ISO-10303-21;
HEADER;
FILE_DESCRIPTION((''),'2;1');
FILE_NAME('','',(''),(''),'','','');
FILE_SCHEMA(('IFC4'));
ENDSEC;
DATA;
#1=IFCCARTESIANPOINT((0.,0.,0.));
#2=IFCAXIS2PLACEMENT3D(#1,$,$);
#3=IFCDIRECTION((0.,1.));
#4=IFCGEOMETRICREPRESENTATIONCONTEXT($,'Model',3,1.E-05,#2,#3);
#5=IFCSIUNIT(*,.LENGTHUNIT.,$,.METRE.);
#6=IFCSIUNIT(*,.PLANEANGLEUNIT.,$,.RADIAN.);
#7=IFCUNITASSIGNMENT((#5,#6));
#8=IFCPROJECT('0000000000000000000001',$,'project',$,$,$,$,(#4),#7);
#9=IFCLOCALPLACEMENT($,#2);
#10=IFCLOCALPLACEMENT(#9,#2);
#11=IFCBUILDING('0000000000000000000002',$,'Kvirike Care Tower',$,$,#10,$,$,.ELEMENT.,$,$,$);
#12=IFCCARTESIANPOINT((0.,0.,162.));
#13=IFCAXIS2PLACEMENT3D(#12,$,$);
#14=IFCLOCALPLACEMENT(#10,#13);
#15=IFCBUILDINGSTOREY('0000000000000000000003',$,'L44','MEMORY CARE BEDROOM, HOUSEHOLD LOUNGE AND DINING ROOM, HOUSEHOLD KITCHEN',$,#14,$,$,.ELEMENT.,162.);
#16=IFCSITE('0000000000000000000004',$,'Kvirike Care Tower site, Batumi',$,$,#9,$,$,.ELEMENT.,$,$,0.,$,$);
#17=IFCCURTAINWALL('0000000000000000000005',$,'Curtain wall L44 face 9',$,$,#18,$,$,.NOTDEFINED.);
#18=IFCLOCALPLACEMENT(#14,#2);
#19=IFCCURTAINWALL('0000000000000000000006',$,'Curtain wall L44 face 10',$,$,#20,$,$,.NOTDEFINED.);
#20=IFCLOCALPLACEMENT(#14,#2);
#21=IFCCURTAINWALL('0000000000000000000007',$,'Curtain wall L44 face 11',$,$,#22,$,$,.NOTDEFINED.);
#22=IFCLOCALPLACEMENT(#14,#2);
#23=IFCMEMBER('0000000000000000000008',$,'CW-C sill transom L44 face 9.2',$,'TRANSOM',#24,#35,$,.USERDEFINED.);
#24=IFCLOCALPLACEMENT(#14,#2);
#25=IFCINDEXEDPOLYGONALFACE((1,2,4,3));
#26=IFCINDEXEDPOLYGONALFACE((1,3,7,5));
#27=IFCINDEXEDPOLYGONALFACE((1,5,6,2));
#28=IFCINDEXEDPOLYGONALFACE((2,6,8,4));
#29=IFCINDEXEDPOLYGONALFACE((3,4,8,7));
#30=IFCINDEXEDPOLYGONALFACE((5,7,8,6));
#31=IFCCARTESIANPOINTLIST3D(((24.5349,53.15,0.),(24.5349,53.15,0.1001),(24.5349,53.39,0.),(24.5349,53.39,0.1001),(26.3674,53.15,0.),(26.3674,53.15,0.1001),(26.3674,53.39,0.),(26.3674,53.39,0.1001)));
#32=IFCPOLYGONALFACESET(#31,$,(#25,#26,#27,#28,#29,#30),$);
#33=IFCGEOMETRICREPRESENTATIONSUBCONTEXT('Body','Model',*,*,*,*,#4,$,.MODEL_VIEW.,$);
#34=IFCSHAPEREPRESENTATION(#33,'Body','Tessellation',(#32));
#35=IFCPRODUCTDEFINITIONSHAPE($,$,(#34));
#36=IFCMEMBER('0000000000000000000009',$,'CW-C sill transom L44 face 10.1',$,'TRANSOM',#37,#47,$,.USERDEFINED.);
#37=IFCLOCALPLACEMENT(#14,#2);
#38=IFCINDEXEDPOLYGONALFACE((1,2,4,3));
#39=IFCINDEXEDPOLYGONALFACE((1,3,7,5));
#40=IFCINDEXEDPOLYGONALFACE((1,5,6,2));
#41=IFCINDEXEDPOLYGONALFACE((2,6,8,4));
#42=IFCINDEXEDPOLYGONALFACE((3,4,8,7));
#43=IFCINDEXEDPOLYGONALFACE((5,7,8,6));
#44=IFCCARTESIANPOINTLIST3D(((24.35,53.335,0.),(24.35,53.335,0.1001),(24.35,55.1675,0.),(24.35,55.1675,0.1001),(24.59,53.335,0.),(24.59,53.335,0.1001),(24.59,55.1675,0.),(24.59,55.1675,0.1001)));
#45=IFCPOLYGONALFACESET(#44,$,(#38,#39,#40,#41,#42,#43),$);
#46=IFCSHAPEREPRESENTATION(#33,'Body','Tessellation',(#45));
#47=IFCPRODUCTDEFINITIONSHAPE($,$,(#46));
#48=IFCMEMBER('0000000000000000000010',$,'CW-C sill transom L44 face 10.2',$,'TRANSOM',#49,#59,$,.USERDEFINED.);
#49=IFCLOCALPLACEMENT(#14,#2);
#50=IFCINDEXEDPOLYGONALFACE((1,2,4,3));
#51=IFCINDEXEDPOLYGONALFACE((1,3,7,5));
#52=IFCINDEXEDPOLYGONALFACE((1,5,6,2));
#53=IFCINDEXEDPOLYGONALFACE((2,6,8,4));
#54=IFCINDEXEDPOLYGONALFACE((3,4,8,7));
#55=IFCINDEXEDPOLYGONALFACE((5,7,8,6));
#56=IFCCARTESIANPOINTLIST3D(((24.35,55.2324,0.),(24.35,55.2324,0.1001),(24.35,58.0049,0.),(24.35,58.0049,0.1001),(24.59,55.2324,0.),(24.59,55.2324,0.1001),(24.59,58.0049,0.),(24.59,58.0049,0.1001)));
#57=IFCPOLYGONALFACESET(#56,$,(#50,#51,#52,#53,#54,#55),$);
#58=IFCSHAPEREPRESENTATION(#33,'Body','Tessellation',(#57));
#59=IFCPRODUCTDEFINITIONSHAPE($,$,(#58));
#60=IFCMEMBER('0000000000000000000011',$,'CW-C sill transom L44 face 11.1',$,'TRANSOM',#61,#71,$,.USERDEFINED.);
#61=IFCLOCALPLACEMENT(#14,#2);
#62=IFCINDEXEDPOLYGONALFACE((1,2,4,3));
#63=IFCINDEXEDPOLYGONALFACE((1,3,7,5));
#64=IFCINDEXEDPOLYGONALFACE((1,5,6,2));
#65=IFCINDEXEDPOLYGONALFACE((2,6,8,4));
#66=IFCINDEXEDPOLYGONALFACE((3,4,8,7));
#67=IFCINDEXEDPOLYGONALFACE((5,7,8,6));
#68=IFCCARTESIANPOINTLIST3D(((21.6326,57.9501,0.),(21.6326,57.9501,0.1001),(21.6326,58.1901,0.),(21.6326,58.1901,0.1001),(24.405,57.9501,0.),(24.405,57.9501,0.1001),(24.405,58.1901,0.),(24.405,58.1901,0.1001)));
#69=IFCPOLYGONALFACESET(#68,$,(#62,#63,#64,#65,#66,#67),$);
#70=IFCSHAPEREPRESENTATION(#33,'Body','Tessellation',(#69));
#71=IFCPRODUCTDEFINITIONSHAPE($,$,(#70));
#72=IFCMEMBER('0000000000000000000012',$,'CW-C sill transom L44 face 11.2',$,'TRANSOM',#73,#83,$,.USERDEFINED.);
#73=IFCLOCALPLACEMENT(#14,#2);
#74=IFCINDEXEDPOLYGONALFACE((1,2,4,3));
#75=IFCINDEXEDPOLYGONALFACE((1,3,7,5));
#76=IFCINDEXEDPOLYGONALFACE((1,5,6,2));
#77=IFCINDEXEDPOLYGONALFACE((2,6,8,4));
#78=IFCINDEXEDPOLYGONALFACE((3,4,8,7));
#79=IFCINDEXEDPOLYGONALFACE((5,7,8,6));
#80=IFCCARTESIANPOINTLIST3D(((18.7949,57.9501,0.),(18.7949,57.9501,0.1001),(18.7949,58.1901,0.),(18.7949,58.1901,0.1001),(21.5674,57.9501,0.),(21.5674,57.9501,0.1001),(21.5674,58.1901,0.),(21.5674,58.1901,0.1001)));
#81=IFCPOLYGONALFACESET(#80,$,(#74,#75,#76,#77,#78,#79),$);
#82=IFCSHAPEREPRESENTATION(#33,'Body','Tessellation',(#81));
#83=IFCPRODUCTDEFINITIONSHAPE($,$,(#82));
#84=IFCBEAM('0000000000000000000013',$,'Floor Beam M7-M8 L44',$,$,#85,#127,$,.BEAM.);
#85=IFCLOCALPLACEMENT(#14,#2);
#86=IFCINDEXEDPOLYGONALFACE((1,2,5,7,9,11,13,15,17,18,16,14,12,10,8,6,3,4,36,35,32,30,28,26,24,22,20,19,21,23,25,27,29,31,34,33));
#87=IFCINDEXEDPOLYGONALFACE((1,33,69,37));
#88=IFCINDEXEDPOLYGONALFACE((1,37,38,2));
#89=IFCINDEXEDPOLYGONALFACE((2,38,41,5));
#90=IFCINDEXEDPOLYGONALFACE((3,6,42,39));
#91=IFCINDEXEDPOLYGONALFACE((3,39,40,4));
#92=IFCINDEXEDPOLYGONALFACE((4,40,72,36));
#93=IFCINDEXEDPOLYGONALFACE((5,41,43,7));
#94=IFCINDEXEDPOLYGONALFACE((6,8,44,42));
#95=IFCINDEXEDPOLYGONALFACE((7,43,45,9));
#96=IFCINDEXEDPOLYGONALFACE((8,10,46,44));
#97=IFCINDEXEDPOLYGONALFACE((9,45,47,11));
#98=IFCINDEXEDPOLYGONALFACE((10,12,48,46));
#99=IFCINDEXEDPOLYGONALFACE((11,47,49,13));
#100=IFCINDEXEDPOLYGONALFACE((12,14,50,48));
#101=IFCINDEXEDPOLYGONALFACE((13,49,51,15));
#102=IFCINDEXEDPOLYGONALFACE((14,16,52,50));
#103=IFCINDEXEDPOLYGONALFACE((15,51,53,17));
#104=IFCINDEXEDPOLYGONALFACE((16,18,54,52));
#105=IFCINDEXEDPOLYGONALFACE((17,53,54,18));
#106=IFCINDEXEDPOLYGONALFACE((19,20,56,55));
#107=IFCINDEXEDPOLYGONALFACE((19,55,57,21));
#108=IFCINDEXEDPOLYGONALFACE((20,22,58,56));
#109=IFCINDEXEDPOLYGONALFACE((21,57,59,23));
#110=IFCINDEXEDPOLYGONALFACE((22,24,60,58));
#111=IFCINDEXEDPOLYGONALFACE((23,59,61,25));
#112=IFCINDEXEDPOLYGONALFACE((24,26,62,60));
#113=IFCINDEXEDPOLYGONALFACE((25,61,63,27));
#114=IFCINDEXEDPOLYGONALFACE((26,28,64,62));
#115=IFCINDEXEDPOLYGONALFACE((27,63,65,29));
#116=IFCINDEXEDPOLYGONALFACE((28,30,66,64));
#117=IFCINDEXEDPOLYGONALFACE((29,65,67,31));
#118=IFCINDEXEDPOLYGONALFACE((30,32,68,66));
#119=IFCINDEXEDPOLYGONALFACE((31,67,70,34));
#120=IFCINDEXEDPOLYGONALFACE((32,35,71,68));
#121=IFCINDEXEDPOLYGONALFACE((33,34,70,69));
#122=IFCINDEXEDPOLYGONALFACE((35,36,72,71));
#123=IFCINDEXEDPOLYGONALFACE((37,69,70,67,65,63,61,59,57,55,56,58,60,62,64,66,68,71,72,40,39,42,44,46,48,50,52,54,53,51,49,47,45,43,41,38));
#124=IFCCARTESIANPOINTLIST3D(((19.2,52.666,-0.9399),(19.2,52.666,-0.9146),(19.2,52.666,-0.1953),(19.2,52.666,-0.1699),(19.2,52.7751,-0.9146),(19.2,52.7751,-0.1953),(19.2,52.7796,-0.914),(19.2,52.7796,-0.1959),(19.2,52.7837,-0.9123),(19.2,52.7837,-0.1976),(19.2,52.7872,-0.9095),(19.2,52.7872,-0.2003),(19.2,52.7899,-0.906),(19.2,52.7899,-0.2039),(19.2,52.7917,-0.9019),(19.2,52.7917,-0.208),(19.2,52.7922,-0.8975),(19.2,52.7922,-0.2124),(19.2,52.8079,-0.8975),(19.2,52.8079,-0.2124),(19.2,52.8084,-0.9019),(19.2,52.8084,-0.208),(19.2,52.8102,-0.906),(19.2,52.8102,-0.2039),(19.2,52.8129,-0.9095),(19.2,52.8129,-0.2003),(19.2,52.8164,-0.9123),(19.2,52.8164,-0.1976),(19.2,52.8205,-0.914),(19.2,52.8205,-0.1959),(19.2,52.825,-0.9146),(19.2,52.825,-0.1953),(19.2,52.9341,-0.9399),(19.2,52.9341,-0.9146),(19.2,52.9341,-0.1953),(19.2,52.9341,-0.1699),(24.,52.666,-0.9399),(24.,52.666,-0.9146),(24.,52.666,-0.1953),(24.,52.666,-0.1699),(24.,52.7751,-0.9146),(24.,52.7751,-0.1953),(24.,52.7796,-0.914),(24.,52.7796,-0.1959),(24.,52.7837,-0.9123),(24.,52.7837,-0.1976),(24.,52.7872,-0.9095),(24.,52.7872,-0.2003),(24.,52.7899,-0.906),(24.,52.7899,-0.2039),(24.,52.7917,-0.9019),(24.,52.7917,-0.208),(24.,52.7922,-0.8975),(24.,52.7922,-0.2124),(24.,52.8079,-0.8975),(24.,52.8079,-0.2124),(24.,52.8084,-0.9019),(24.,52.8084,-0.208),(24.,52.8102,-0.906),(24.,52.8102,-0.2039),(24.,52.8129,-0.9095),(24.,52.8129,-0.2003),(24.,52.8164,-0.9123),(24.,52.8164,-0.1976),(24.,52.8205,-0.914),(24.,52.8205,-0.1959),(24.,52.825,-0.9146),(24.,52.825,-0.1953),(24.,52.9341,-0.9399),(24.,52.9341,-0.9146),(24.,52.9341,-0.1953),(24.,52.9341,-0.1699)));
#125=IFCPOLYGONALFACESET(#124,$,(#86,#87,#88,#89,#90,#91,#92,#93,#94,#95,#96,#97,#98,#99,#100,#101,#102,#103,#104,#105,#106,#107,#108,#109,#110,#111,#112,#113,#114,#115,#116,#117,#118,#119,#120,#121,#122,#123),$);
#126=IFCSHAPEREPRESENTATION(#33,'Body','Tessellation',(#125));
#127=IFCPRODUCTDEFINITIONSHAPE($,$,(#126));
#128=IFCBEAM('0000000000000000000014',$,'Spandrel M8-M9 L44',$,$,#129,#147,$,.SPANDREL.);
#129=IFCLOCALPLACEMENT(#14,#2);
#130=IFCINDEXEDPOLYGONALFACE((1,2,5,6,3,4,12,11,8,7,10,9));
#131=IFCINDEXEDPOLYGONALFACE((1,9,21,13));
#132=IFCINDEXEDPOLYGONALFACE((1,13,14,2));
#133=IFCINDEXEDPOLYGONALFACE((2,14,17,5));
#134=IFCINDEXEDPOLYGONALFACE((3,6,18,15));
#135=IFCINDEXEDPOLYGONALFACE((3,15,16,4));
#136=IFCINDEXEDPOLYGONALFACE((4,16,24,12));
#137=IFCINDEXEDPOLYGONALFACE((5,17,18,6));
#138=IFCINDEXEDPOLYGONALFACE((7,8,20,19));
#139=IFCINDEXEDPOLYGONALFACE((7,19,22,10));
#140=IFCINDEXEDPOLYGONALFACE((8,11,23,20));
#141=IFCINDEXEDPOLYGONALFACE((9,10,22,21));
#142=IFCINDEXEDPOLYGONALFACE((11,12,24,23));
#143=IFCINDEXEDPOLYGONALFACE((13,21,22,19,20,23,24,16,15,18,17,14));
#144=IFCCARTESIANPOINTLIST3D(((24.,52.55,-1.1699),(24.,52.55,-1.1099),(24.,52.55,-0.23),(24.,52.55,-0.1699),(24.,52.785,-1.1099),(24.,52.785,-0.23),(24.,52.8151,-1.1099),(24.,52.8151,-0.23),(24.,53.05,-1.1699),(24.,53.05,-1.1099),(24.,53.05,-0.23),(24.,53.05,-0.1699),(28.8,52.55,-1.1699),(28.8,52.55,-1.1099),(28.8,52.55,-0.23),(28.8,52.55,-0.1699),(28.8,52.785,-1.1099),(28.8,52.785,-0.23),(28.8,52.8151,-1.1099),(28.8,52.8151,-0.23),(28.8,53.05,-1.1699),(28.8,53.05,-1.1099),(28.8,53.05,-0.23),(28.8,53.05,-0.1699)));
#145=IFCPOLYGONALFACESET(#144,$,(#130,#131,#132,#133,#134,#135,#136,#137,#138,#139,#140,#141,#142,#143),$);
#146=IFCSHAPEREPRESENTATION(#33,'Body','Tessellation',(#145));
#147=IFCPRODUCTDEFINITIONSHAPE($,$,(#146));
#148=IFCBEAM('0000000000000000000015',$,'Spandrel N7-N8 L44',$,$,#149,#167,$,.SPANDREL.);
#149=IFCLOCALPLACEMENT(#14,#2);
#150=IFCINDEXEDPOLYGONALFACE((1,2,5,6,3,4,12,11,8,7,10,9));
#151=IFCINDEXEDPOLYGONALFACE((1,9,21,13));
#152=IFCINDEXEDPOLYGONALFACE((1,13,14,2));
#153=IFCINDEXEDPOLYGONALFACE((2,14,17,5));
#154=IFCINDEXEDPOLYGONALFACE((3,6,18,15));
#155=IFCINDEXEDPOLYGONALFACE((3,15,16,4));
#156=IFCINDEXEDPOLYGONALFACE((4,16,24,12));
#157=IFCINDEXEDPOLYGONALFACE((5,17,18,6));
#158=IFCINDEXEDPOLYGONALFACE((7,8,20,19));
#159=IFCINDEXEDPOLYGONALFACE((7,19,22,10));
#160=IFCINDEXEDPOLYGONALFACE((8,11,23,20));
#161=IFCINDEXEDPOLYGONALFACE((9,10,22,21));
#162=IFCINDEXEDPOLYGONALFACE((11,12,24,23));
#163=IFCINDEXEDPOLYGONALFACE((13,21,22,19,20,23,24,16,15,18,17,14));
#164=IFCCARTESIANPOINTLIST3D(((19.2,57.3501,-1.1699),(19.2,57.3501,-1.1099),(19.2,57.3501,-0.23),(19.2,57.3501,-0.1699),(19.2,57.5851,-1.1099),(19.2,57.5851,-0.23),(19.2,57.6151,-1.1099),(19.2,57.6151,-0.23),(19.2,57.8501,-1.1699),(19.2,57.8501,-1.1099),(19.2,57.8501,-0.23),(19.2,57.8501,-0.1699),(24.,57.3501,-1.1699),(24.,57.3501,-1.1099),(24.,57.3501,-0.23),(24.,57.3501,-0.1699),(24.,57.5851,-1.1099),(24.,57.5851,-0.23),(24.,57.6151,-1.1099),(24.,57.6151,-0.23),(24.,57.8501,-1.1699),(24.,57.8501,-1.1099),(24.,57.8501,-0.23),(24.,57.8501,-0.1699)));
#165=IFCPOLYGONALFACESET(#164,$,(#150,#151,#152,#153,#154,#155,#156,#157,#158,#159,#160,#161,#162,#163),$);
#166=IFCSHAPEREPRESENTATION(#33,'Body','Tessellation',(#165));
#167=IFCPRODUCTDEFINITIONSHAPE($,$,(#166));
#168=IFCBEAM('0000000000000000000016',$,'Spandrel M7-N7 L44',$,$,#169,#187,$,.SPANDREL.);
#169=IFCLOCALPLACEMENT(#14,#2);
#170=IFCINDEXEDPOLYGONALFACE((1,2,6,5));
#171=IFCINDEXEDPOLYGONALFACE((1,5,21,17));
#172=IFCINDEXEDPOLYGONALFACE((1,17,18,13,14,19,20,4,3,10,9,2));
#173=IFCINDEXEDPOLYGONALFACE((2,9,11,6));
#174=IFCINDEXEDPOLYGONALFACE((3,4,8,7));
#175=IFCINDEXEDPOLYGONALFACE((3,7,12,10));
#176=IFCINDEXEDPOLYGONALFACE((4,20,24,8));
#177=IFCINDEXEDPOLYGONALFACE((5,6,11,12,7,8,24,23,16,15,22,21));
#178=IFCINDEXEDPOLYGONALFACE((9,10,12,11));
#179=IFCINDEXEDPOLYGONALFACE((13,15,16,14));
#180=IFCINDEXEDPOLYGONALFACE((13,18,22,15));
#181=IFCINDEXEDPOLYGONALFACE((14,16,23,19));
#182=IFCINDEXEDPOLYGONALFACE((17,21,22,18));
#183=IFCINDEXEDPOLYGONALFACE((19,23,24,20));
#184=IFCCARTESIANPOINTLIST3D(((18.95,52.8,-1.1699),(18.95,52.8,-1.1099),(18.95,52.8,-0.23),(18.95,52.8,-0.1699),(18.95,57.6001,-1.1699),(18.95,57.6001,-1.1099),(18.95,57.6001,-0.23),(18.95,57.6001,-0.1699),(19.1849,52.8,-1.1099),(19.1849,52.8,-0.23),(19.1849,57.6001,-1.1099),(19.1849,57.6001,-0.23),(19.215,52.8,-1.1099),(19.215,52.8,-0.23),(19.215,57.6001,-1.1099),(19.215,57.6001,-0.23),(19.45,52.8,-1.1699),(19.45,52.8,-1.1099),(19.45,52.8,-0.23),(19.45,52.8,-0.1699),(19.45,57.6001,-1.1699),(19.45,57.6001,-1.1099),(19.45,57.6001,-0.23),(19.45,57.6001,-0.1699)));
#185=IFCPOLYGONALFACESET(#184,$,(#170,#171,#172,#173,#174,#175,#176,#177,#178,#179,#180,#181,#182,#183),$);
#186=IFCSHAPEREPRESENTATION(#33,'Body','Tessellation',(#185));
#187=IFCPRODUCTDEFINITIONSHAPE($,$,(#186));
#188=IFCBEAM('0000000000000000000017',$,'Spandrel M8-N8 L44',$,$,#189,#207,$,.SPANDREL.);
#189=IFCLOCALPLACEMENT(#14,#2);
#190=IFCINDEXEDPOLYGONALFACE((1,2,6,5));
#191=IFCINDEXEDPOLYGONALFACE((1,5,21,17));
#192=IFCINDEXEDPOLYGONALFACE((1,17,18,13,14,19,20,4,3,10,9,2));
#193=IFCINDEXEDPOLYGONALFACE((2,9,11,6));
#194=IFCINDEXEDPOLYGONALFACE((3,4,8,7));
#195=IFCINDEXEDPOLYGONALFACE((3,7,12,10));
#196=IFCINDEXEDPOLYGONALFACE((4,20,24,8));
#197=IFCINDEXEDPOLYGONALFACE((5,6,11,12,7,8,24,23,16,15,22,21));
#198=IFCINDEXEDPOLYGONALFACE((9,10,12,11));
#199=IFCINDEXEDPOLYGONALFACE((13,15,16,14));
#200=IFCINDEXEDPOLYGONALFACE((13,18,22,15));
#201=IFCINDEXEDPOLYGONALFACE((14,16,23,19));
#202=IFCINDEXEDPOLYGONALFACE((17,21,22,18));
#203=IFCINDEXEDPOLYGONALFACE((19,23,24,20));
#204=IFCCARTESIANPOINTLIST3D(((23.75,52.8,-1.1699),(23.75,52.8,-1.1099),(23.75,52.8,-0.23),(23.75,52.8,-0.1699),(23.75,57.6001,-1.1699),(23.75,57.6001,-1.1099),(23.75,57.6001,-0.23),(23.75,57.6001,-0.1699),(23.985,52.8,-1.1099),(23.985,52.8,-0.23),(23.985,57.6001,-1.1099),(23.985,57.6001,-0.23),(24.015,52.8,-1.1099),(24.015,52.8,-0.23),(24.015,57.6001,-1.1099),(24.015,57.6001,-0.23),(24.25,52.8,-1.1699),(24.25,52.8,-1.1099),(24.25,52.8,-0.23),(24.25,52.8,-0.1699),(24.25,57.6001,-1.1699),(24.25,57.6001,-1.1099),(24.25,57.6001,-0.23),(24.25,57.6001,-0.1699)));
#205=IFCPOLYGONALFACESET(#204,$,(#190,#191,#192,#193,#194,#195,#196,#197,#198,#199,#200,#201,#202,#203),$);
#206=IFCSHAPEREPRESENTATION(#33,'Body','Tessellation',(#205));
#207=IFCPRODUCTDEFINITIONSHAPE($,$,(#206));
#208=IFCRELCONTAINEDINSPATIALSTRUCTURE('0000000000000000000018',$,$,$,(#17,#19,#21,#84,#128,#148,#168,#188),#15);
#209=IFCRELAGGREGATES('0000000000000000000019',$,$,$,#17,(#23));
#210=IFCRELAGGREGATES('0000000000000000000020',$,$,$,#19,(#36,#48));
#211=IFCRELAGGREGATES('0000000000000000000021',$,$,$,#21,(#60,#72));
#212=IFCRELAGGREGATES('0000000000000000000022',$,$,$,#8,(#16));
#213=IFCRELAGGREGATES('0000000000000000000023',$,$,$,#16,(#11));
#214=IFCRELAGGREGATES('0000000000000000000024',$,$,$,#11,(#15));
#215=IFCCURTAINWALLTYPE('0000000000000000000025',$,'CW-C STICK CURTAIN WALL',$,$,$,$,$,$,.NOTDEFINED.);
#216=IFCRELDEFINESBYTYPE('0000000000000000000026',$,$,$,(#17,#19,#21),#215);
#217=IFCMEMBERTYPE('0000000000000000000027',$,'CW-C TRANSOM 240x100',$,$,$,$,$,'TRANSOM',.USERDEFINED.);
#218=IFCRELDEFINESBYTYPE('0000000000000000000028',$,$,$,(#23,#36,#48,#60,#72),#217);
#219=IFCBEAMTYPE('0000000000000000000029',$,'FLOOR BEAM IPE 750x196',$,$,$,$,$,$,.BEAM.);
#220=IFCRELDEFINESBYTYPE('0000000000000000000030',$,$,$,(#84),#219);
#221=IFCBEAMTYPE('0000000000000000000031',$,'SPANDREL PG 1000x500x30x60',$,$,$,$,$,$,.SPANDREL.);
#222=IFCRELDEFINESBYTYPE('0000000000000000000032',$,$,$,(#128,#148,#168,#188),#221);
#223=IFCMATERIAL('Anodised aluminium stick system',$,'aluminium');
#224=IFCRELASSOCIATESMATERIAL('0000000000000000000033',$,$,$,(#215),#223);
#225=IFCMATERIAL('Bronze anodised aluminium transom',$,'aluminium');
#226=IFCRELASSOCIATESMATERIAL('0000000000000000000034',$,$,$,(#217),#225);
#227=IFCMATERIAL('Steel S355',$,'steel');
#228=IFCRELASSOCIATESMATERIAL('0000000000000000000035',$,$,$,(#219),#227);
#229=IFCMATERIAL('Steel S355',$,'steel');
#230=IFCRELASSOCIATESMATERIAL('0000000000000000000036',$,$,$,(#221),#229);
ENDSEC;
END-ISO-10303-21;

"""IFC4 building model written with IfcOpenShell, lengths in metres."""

from ifc_helpers import new_model, si_unit, direction, frame, origin, origin_2d, place, context, subcontext, project, spatial, rectangle, i_section, extrude, material, material_profile, profile_set, type_object, element, aggregate, save


model = new_model("IFC4")

# Units and contexts
model_context = context("Model", 3, precision=1e-05, world=origin(), true_north=direction((0.0, 1.0)))
body_context = subcontext(model_context, "Body", "Model", "MODEL_VIEW")
ifc_project = project(units=[si_unit("LENGTHUNIT", "METRE"), si_unit("PLANEANGLEUNIT", "RADIAN")], contexts=[model_context])

# Site, building, storey
site_placement = place(None, origin())
site = spatial("IfcSite", under=ifc_project, at=site_placement, Name="Kvirike Care Tower site, Batumi", CompositionType="ELEMENT", RefElevation=0.0)
building_placement = place(site_placement, origin())
building = spatial("IfcBuilding", under=site, at=building_placement, Name="Kvirike Care Tower", CompositionType="ELEMENT")
storey_placement = place(building_placement, frame((0.0, 0.0, 162.0)))
storey = spatial("IfcBuildingStorey", under=building, at=storey_placement, Name="L44", Description="MEMORY CARE BEDROOM, HOUSEHOLD LOUNGE AND DINING ROOM, HOUSEHOLD KITCHEN", CompositionType="ELEMENT", Elevation=162.0)

# Curtain walls
ifc_material_1 = material(Name="Anodised aluminium stick system", Category="aluminium")
curtain_wall_type = type_object("IfcCurtainWallType", Name="CW-C STICK CURTAIN WALL", PredefinedType="NOTDEFINED", material=ifc_material_1)
curtain_wall_1_placement = place(storey_placement, origin())
curtain_wall_1 = element("IfcCurtainWall", 1, at=curtain_wall_1_placement, inside=storey, type_object=curtain_wall_type, Name="Curtain wall L44 face 9", PredefinedType="NOTDEFINED")
curtain_wall_2_placement = place(storey_placement, origin())
curtain_wall_2 = element("IfcCurtainWall", 2, at=curtain_wall_2_placement, inside=storey, type_object=curtain_wall_type, Name="Curtain wall L44 face 10", PredefinedType="NOTDEFINED")
curtain_wall_3_placement = place(storey_placement, origin())
curtain_wall_3 = element("IfcCurtainWall", 3, at=curtain_wall_3_placement, inside=storey, type_object=curtain_wall_type, Name="Curtain wall L44 face 11", PredefinedType="NOTDEFINED")

# Members
ifc_material_2 = material(Name="Bronze anodised aluminium transom", Category="aluminium")
ifc_material_profile_1 = material_profile(ifc_material_2, rectangle(XDim=0.24, YDim=0.1001, at=origin_2d()), Name="CW-C TRANSOM 240x100")
ifc_profile_set_1 = profile_set([ifc_material_profile_1], Name="Bronze anodised aluminium transom")
member_type_1 = type_object("IfcMemberType", Name="CW-C TRANSOM 240x100", ElementType="TRANSOM", PredefinedType="USERDEFINED", material=ifc_profile_set_1)
member_1_placement = place(storey_placement, frame((26.3674, 53.27, 0.05), z_axis=(-1.0, 0.0, 0.0), x_axis=(0.0, -1.0, 0.0)))
member_1 = element("IfcMember", 4, at=member_1_placement, type_object=member_type_1, Name="CW-C sill transom L44 face 9.2", ObjectType="TRANSOM", PredefinedType="USERDEFINED", context=body_context, shape_type="SweptSolid", body=[
    extrude(rectangle(XDim=0.24, YDim=0.1001, at=origin_2d()), origin(), (0.0, 0.0, 1.0), 1.8325),
])
member_2_placement = place(storey_placement, frame((24.47, 53.335, 0.05), z_axis=(0.0, 1.0, 0.0), x_axis=(-1.0, 0.0, 0.0)))
member_2 = element("IfcMember", 5, at=member_2_placement, type_object=member_type_1, Name="CW-C sill transom L44 face 10.1", ObjectType="TRANSOM", PredefinedType="USERDEFINED", context=body_context, shape_type="SweptSolid", body=[
    extrude(rectangle(XDim=0.24, YDim=0.1001, at=origin_2d()), origin(), (0.0, 0.0, 1.0), 1.8325),
])
member_3_placement = place(storey_placement, frame((24.47, 55.2324, 0.05), z_axis=(0.0, 1.0, 0.0), x_axis=(-1.0, 0.0, 0.0)))
member_3 = element("IfcMember", 6, at=member_3_placement, type_object=member_type_1, Name="CW-C sill transom L44 face 10.2", ObjectType="TRANSOM", PredefinedType="USERDEFINED", context=body_context, shape_type="SweptSolid", body=[
    extrude(rectangle(XDim=0.24, YDim=0.1001, at=origin_2d()), origin(), (0.0, 0.0, 1.0), 2.7725),
])
member_4_placement = place(storey_placement, frame((24.405, 58.0701, 0.05), z_axis=(-1.0, 0.0, 0.0), x_axis=(0.0, -1.0, 0.0)))
member_4 = element("IfcMember", 7, at=member_4_placement, type_object=member_type_1, Name="CW-C sill transom L44 face 11.1", ObjectType="TRANSOM", PredefinedType="USERDEFINED", context=body_context, shape_type="SweptSolid", body=[
    extrude(rectangle(XDim=0.24, YDim=0.1001, at=origin_2d()), origin(), (0.0, 0.0, 1.0), 2.7725),
])
member_5_placement = place(storey_placement, frame((21.5674, 58.0701, 0.05), z_axis=(-1.0, 0.0, 0.0), x_axis=(0.0, -1.0, 0.0)))
member_5 = element("IfcMember", 8, at=member_5_placement, type_object=member_type_1, Name="CW-C sill transom L44 face 11.2", ObjectType="TRANSOM", PredefinedType="USERDEFINED", context=body_context, shape_type="SweptSolid", body=[
    extrude(rectangle(XDim=0.24, YDim=0.1001, at=origin_2d()), origin(), (0.0, 0.0, 1.0), 2.7725),
])

# Beams
ifc_material_3 = material(Name="Steel S355", Category="steel")
ifc_material_profile_2 = material_profile(ifc_material_3, i_section(OverallWidth=0.2681, OverallDepth=0.77, WebThickness=0.0156, FlangeThickness=0.0254, FilletRadius=0.0171, at=origin_2d()), Name="IPE 750x196")
ifc_profile_set_2 = profile_set([ifc_material_profile_2], Name="Steel S355")
beam_type_1 = type_object("IfcBeamType", Name="FLOOR BEAM IPE 750x196", PredefinedType="BEAM", material=ifc_profile_set_2)
beam_placement = place(storey_placement, frame((19.2, 52.8, -0.5549), z_axis=(1.0, 0.0, 0.0), x_axis=(0.0, 1.0, 0.0)))
element("IfcBeam", 9, at=beam_placement, inside=storey, type_object=beam_type_1, Name="Floor Beam M7-M8 L44", PredefinedType="BEAM", context=body_context, shape_type="SweptSolid", body=[
    extrude(i_section(OverallWidth=0.2681, OverallDepth=0.77, WebThickness=0.0156, FlangeThickness=0.0254, FilletRadius=0.0171, at=origin_2d()), origin(), (0.0, 0.0, 1.0), 4.8),
])
ifc_material_4 = material(Name="Steel S355", Category="steel")
ifc_material_profile_3 = material_profile(ifc_material_4, i_section(OverallWidth=0.5, OverallDepth=1.0, WebThickness=0.03, FlangeThickness=0.0601, at=origin_2d()), Name="PG 1000x500x30x60")
ifc_profile_set_3 = profile_set([ifc_material_profile_3], Name="Steel S355")
beam_type_2 = type_object("IfcBeamType", Name="SPANDREL PG 1000x500x30x60", PredefinedType="SPANDREL", material=ifc_profile_set_3)
for number, where, z_axis, x_axis, name in (
    (10, (24.0, 52.8, -0.6699), (1.0, 0.0, 0.0), (0.0, 1.0, 0.0), "Spandrel M8-M9 L44"),
    (11, (19.2, 57.6001, -0.6699), (1.0, 0.0, 0.0), (0.0, 1.0, 0.0), "Spandrel N7-N8 L44"),
    (12, (19.2, 52.8, -0.6699), (0.0, 1.0, 0.0), (-1.0, 0.0, 0.0), "Spandrel M7-N7 L44"),
    (13, (24.0, 52.8, -0.6699), (0.0, 1.0, 0.0), (-1.0, 0.0, 0.0), "Spandrel M8-N8 L44"),
):
    element("IfcBeam", number, at=place(storey_placement, frame(where, z_axis=z_axis, x_axis=x_axis)), inside=storey, type_object=beam_type_2, Name=name, PredefinedType="SPANDREL", context=body_context, shape_type="SweptSolid", body=[
        extrude(i_section(OverallWidth=0.5, OverallDepth=1.0, WebThickness=0.03, FlangeThickness=0.0601, at=origin_2d()), origin(), (0.0, 0.0, 1.0), 4.8),
    ])

aggregate(curtain_wall_1, [member_1])
aggregate(curtain_wall_2, [member_2, member_3])
aggregate(curtain_wall_3, [member_4, member_5])

save(model, "model.ifc")
